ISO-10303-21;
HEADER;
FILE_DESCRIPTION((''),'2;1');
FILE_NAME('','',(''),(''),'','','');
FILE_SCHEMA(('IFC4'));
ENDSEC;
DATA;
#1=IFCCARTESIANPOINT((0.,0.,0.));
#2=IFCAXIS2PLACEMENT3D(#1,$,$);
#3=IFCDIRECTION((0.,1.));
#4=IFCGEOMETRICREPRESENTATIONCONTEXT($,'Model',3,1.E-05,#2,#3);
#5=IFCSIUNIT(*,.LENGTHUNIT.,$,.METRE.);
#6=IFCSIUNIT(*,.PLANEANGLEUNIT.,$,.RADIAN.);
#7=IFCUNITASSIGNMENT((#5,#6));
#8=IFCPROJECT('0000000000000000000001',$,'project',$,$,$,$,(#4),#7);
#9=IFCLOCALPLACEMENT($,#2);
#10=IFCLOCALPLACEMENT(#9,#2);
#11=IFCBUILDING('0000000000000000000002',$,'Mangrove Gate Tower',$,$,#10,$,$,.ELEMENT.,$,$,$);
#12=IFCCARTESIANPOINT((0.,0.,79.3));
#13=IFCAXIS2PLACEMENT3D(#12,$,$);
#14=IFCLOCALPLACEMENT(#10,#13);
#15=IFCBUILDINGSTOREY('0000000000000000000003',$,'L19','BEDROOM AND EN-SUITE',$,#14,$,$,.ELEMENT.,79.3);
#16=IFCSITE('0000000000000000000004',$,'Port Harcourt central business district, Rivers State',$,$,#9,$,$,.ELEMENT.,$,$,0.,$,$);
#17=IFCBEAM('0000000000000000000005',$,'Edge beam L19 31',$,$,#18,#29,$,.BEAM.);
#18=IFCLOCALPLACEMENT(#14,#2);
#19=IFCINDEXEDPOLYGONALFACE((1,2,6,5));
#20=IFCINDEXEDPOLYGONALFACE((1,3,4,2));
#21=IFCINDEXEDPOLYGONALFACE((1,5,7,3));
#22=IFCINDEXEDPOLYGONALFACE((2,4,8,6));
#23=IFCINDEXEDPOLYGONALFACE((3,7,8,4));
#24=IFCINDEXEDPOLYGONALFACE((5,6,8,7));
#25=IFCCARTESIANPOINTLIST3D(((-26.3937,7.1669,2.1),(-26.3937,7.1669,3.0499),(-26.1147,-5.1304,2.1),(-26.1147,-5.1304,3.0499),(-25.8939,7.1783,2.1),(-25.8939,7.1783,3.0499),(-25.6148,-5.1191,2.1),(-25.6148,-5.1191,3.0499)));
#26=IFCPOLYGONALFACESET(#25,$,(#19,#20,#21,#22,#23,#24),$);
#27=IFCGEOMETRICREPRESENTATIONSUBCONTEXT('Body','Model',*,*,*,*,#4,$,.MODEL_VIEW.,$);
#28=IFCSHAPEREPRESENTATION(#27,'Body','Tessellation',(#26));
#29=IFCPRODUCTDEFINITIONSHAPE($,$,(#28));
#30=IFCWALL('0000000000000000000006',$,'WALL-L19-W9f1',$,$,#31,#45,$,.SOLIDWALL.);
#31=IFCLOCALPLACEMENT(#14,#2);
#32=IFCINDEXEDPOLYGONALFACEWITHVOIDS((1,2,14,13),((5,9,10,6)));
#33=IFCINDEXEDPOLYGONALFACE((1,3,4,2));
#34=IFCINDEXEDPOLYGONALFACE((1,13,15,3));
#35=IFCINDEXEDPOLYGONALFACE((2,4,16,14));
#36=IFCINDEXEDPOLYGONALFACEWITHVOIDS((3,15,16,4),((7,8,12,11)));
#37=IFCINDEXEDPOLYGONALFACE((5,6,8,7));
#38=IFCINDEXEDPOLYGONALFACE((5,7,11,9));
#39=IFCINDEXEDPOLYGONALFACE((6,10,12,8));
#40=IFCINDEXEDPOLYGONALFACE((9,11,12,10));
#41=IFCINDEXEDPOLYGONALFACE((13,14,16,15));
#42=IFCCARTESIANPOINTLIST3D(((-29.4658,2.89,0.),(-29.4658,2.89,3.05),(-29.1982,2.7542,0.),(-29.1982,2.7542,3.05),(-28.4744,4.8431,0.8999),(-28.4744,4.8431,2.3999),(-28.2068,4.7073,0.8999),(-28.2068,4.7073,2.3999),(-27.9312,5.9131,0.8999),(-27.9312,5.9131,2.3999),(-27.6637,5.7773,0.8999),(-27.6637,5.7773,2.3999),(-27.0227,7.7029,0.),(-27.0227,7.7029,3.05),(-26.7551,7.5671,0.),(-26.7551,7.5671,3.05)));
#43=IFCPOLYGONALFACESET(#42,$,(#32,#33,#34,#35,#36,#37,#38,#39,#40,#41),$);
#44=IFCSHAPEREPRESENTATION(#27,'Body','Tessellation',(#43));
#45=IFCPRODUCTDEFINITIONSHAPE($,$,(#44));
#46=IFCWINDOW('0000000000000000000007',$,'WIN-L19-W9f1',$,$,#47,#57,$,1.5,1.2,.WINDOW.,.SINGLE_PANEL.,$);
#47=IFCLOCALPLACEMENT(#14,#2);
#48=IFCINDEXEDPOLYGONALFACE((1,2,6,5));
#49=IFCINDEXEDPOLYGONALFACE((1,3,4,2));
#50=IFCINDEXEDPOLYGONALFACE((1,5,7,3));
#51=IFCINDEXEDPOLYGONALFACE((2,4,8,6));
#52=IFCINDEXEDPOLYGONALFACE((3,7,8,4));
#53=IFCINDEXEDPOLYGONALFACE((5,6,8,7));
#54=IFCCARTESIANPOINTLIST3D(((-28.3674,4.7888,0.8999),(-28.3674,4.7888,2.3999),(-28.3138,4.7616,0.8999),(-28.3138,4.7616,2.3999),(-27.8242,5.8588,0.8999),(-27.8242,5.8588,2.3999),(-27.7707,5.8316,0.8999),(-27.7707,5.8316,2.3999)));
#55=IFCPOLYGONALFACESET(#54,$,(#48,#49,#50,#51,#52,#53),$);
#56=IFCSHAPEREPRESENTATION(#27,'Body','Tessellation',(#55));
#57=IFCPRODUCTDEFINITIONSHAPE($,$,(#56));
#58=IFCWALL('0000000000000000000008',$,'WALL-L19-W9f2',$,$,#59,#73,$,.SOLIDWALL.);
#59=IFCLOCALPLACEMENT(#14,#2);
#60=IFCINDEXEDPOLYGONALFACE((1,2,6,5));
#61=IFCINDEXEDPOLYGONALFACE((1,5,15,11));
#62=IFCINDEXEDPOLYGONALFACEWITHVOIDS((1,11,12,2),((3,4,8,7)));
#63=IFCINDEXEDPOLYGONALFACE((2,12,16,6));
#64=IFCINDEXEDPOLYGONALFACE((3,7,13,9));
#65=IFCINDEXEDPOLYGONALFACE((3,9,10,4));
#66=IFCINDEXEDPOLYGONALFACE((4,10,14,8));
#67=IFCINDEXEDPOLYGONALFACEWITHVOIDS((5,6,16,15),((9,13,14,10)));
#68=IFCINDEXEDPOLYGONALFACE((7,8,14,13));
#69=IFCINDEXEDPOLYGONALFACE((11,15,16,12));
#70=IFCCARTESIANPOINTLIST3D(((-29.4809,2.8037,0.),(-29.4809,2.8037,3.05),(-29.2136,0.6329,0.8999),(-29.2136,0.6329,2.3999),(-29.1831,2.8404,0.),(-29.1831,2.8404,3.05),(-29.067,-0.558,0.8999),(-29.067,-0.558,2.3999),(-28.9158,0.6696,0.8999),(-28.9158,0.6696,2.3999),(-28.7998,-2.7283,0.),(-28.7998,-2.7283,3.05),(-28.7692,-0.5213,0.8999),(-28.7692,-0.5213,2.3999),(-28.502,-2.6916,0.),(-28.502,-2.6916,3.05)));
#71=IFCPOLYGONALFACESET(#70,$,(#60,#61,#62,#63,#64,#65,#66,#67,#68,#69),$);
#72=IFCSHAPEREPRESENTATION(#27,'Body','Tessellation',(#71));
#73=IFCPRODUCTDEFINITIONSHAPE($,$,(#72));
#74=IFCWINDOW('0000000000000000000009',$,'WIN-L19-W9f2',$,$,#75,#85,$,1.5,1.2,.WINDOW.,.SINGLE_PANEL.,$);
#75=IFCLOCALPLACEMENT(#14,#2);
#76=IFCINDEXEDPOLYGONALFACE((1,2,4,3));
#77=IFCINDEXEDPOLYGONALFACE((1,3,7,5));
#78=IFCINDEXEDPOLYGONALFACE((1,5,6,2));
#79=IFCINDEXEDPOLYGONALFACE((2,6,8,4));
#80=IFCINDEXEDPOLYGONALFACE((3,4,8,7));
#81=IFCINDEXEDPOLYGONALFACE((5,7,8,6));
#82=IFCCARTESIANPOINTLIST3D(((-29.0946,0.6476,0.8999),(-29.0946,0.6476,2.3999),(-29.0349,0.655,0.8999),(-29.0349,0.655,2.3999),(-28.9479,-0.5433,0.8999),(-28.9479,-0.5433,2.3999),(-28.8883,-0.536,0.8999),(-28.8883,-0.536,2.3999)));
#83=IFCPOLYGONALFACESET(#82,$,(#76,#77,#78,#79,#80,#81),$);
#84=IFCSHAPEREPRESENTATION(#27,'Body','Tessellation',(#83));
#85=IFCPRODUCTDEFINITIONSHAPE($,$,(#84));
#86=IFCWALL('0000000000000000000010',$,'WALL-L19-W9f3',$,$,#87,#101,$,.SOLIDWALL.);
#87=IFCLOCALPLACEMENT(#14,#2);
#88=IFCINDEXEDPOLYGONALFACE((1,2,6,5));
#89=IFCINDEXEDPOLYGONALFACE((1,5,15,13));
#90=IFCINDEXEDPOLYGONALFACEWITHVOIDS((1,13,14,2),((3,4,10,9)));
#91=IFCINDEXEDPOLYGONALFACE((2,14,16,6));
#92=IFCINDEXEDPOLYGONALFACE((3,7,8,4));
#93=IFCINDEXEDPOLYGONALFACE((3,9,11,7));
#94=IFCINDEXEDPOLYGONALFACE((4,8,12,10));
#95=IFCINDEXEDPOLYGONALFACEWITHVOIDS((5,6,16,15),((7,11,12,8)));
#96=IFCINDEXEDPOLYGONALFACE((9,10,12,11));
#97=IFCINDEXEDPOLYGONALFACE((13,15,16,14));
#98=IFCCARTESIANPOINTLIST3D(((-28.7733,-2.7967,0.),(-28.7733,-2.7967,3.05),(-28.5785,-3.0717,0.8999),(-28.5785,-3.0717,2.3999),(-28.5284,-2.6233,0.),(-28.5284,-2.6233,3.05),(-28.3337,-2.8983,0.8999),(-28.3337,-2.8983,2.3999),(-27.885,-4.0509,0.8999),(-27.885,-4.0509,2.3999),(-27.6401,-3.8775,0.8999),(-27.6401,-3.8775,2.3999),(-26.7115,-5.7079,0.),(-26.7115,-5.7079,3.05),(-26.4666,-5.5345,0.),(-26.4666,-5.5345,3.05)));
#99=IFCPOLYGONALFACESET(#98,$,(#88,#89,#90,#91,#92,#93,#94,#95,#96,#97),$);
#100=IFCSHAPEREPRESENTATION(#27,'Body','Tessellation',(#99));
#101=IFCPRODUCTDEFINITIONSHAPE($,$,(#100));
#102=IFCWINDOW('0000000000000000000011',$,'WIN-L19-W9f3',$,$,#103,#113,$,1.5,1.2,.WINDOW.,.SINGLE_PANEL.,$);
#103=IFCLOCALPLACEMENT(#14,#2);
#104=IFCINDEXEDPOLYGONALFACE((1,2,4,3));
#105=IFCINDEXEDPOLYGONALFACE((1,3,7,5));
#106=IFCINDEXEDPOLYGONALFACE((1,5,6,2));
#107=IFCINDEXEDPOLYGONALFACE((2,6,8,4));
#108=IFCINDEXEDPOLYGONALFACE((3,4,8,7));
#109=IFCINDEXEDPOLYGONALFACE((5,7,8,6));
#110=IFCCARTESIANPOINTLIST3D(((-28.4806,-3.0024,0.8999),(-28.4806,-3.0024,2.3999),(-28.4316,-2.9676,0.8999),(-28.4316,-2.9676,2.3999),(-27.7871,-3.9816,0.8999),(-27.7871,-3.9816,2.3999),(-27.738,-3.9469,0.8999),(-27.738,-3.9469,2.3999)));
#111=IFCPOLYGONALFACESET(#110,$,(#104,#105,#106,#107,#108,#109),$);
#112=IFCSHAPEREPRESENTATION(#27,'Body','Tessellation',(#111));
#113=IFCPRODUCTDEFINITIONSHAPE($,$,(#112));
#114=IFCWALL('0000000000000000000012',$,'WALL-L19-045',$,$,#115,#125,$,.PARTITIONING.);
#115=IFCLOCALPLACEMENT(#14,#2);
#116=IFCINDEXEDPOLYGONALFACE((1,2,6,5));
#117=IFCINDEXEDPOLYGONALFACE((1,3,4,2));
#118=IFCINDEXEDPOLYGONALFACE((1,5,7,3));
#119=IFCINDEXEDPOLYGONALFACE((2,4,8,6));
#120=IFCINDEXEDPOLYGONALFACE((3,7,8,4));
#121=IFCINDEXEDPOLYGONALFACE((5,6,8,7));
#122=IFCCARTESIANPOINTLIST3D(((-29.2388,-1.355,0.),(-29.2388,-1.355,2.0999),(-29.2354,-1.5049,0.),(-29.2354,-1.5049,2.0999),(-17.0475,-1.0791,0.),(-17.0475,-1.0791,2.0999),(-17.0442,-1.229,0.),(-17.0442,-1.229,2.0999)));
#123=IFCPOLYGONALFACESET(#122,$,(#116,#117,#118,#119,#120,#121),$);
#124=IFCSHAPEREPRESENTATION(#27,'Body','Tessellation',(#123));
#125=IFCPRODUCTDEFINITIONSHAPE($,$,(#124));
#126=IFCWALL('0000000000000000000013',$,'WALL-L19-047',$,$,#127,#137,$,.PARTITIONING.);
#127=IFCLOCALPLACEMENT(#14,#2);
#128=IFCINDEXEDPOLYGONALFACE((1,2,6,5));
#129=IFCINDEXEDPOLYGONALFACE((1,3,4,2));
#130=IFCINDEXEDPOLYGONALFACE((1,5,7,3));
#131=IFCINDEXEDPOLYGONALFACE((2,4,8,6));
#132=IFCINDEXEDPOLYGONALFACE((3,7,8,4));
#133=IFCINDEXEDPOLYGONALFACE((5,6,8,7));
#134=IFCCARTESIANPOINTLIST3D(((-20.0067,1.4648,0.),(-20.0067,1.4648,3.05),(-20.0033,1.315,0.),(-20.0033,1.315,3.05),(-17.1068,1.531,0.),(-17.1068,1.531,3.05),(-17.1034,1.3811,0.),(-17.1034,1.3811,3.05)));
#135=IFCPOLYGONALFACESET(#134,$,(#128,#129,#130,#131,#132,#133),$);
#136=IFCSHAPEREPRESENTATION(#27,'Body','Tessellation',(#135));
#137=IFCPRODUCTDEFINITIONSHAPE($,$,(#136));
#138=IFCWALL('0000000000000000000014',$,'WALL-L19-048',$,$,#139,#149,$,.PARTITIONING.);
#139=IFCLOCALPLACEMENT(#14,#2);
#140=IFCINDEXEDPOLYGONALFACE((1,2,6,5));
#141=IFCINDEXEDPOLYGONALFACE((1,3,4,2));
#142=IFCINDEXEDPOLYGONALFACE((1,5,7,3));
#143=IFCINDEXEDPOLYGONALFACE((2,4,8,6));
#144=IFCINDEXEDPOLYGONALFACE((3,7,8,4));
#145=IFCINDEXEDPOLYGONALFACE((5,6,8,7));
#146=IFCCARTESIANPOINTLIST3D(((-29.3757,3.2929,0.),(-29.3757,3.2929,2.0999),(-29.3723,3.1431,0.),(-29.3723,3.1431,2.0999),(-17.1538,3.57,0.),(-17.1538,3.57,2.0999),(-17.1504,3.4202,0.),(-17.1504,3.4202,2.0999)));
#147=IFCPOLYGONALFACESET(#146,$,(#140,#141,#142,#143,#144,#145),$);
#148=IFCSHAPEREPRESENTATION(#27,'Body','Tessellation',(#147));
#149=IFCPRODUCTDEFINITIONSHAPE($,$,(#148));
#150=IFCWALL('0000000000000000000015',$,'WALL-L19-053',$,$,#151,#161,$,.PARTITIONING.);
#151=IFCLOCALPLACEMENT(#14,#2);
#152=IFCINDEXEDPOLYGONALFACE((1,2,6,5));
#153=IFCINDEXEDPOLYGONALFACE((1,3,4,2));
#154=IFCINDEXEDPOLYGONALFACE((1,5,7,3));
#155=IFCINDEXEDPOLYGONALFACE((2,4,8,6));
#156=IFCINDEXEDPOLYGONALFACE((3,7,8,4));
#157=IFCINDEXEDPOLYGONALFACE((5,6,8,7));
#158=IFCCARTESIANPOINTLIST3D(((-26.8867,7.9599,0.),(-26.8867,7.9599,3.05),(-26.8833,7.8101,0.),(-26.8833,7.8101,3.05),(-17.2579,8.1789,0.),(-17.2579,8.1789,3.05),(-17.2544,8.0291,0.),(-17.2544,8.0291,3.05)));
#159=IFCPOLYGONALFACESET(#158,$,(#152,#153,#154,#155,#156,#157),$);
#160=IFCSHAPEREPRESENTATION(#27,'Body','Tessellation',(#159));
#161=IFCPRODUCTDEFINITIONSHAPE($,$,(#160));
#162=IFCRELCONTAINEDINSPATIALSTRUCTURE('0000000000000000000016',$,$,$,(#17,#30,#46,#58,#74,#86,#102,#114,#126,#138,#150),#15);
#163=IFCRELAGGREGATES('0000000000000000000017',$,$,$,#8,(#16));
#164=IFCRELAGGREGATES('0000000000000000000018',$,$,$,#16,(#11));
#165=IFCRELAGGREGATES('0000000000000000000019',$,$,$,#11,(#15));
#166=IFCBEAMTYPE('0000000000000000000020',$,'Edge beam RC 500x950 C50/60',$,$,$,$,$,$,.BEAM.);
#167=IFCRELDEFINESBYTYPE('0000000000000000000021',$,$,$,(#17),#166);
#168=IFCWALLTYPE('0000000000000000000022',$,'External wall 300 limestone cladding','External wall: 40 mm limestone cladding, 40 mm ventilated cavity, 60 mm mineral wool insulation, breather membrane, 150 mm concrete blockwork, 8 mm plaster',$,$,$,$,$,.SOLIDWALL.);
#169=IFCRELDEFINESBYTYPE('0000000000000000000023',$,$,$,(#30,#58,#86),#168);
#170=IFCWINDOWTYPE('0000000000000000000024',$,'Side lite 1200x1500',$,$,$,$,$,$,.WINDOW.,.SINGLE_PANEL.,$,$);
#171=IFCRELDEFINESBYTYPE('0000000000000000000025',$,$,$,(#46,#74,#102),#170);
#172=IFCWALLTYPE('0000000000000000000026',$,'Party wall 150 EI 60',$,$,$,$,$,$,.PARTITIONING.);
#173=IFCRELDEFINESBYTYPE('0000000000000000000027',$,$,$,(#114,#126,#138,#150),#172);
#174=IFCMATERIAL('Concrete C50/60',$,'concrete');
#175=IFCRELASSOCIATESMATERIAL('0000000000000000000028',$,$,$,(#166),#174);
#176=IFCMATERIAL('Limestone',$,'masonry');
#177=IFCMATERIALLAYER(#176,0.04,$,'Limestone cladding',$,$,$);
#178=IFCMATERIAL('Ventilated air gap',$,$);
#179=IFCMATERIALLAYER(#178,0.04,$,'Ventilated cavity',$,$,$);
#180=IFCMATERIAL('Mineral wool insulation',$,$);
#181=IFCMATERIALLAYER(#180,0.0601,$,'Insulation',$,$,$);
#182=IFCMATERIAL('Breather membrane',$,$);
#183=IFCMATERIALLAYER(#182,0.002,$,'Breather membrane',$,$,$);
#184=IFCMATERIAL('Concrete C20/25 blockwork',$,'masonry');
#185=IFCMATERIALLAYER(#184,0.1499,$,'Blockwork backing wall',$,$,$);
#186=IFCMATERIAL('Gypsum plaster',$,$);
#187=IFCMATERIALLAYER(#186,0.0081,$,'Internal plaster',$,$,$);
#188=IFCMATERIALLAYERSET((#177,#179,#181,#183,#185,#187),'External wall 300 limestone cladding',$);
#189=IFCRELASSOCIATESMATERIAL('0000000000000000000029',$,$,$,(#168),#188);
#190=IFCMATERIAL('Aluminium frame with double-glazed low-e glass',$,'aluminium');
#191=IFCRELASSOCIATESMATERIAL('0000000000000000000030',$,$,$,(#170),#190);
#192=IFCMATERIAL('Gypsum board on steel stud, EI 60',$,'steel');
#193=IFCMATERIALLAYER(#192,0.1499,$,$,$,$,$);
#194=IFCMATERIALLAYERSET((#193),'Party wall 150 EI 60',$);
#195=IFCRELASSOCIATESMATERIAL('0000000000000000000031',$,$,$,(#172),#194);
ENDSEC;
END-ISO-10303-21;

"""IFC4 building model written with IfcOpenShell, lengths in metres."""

from ifc_helpers import new_model, si_unit, direction, frame, frame_2d, origin, origin_2d, place, context, subcontext, project, spatial, rectangle, extrude, material, layer, layer_set, material_profile, profile_set, type_object, element, fill, save


model = new_model("IFC4")

# Units and contexts
model_context = context("Model", 3, precision=1e-05, world=origin(), true_north=direction((0.0, 1.0)))
body_context = subcontext(model_context, "Body", "Model", "MODEL_VIEW")
ifc_project = project(units=[si_unit("LENGTHUNIT", "METRE"), si_unit("PLANEANGLEUNIT", "RADIAN")], contexts=[model_context])

# Site, building, storey
site_placement = place(None, origin())
site = spatial("IfcSite", under=ifc_project, at=site_placement, Name="Port Harcourt central business district, Rivers State", CompositionType="ELEMENT", RefElevation=0.0)
building_placement = place(site_placement, origin())
building = spatial("IfcBuilding", under=site, at=building_placement, Name="Mangrove Gate Tower", CompositionType="ELEMENT")
storey_placement = place(building_placement, frame((0.0, 0.0, 79.3)))
storey = spatial("IfcBuildingStorey", under=building, at=storey_placement, Name="L19", Description="BEDROOM AND EN-SUITE", CompositionType="ELEMENT", Elevation=79.3)

# Beam
ifc_material_1 = material(Name="Concrete C50/60", Category="concrete")
ifc_material_profile = material_profile(ifc_material_1, rectangle(XDim=0.5, YDim=0.95, at=origin_2d()))
ifc_profile_set = profile_set([ifc_material_profile], Name="Concrete C50/60")
beam_type = type_object("IfcBeamType", Name="Edge beam RC 500x950 C50/60", PredefinedType="BEAM", material=ifc_profile_set)
beam_placement = place(storey_placement, frame((-26.1438, 7.1726, 2.575), z_axis=(0.022686, -0.999743, 0.0), x_axis=(0.999743, 0.022686, 0.0)))
element("IfcBeam", 1, at=beam_placement, inside=storey, type_object=beam_type, Name="Edge beam L19 31", PredefinedType="BEAM", context=body_context, shape_type="SweptSolid", body=[
    extrude(rectangle(XDim=0.5, YDim=0.95, at=origin_2d()), origin(), (0.0, 0.0, 1.0), 12.3005),
])

# Walls, openings, windows
ifc_material_2 = material(Name="Limestone", Category="masonry")
ifc_layer_1 = layer(ifc_material_2, 0.04, Name="Limestone cladding")
ifc_material_3 = material(Name="Ventilated air gap")
ifc_layer_2 = layer(ifc_material_3, 0.04, Name="Ventilated cavity")
ifc_material_4 = material(Name="Mineral wool insulation")
ifc_layer_3 = layer(ifc_material_4, 0.0601, Name="Insulation")
ifc_material_5 = material(Name="Breather membrane")
ifc_layer_4 = layer(ifc_material_5, 0.002, Name="Breather membrane")
ifc_material_6 = material(Name="Concrete C20/25 blockwork", Category="masonry")
ifc_layer_5 = layer(ifc_material_6, 0.1499, Name="Blockwork backing wall")
ifc_material_7 = material(Name="Gypsum plaster")
ifc_layer_6 = layer(ifc_material_7, 0.0081, Name="Internal plaster")
ifc_layer_set_1 = layer_set([ifc_layer_1, ifc_layer_2, ifc_layer_3, ifc_layer_4, ifc_layer_5, ifc_layer_6], Name="External wall 300 limestone cladding")
wall_type_1 = type_object("IfcWallType", Name="External wall 300 limestone cladding", Description="External wall: 40 mm limestone cladding, 40 mm ventilated cavity, 60 mm mineral wool insulation, breather membrane, 150 mm concrete blockwork, 8 mm plaster", PredefinedType="SOLIDWALL", material=ifc_layer_set_1)
wall_1_placement = place(storey_placement, frame((-26.8889, 7.635, 0.0), z_axis=(0.0, 0.0, 1.0), x_axis=(-0.452633, -0.891697, 0.0)))
wall_1 = element("IfcWall", 2, at=wall_1_placement, inside=storey, type_object=wall_type_1, Name="WALL-L19-W9f1", PredefinedType="SOLIDWALL", context=body_context, shape_type="SweptSolid", body=[
    extrude(rectangle(XDim=5.3975, YDim=0.3, at=frame_2d((2.6987, 0.0))), origin(), (0.0, 0.0, 1.0), 3.05),
])
opening_1_placement = place(wall_1_placement, frame((2.0071, 0.0, 0.8999)))
opening_1 = element("IfcOpeningElement", 3, at=opening_1_placement, cuts=wall_1, PredefinedType="OPENING", context=body_context, shape_type="SweptSolid", body=[
    extrude(rectangle(XDim=1.2, YDim=1.5, at=frame_2d((0.6001, 0.75))), frame((0.0, 0.1599, 0.0), z_axis=(0.0, -1.0, 0.0), x_axis=(1.0, 0.0, 0.0)), (0.0, 0.0, 1.0), 0.3201),
])
ifc_material_8 = material(Name="Aluminium frame with double-glazed low-e glass", Category="aluminium")
window_type = type_object("IfcWindowType", Name="Side lite 1200x1500", PartitioningType="SINGLE_PANEL", PredefinedType="WINDOW", material=ifc_material_8)
window_1_placement = place(opening_1_placement, origin())
window_1 = element("IfcWindow", 4, at=window_1_placement, inside=storey, type_object=window_type, Name="WIN-L19-W9f1", OverallHeight=1.5, OverallWidth=1.2, PartitioningType="SINGLE_PANEL", PredefinedType="WINDOW", context=body_context, shape_type="SweptSolid", body=[
    extrude(rectangle(XDim=1.2, YDim=1.5, at=frame_2d((0.6001, 0.75))), frame((0.0, 0.03, 0.0), z_axis=(0.0, -1.0, 0.0), x_axis=(1.0, 0.0, 0.0)), (0.0, 0.0, 1.0), 0.0601),
])
fill(opening_1, window_1)
wall_2_placement = place(storey_placement, frame((-29.332, 2.822, 0.0), z_axis=(0.0, 0.0, 1.0), x_axis=(0.122207, -0.992505, 0.0)))
wall_2 = element("IfcWall", 5, at=wall_2_placement, inside=storey, type_object=wall_type_1, Name="WALL-L19-W9f2", PredefinedType="SOLIDWALL", context=body_context, shape_type="SweptSolid", body=[
    extrude(rectangle(XDim=5.5737, YDim=0.3, at=frame_2d((2.7869, 0.0))), origin(), (0.0, 0.0, 1.0), 3.05),
])
opening_2_placement = place(wall_2_placement, frame((2.187, 0.0, 0.8999)))
opening_2 = element("IfcOpeningElement", 6, at=opening_2_placement, cuts=wall_2, PredefinedType="OPENING", context=body_context, shape_type="SweptSolid", body=[
    extrude(rectangle(XDim=1.2, YDim=1.5, at=frame_2d((0.6001, 0.75))), frame((0.0, 0.1599, 0.0), z_axis=(0.0, -1.0, 0.0), x_axis=(1.0, 0.0, 0.0)), (0.0, 0.0, 1.0), 0.3201),
])
window_2_placement = place(opening_2_placement, origin())
window_2 = element("IfcWindow", 7, at=window_2_placement, inside=storey, type_object=window_type, Name="WIN-L19-W9f2", OverallHeight=1.5, OverallWidth=1.2, PartitioningType="SINGLE_PANEL", PredefinedType="WINDOW", context=body_context, shape_type="SweptSolid", body=[
    extrude(rectangle(XDim=1.2, YDim=1.5, at=frame_2d((0.6001, 0.75))), frame((0.0, 0.03, 0.0), z_axis=(0.0, -1.0, 0.0), x_axis=(1.0, 0.0, 0.0)), (0.0, 0.0, 1.0), 0.0601),
])
fill(opening_2, window_2)
wall_3_placement = place(storey_placement, frame((-28.6509, -2.71, 0.0), z_axis=(0.0, 0.0, 1.0), x_axis=(0.577964, -0.816062, 0.0)))
wall_3 = element("IfcWall", 8, at=wall_3_placement, inside=storey, type_object=wall_type_1, Name="WALL-L19-W9f3", PredefinedType="SOLIDWALL", context=body_context, shape_type="SweptSolid", body=[
    extrude(rectangle(XDim=3.5674, YDim=0.3, at=frame_2d((1.7837, 0.0))), origin(), (0.0, 0.0, 1.0), 3.05),
])
opening_3_placement = place(wall_3_placement, frame((0.3369, 0.0, 0.8999)))
opening_3 = element("IfcOpeningElement", 9, at=opening_3_placement, cuts=wall_3, PredefinedType="OPENING", context=body_context, shape_type="SweptSolid", body=[
    extrude(rectangle(XDim=1.2, YDim=1.5, at=frame_2d((0.6001, 0.75))), frame((0.0, 0.1599, 0.0), z_axis=(0.0, -1.0, 0.0), x_axis=(1.0, 0.0, 0.0)), (0.0, 0.0, 1.0), 0.3201),
])
window_3_placement = place(opening_3_placement, origin())
window_3 = element("IfcWindow", 10, at=window_3_placement, inside=storey, type_object=window_type, Name="WIN-L19-W9f3", OverallHeight=1.5, OverallWidth=1.2, PartitioningType="SINGLE_PANEL", PredefinedType="WINDOW", context=body_context, shape_type="SweptSolid", body=[
    extrude(rectangle(XDim=1.2, YDim=1.5, at=frame_2d((0.6001, 0.75))), frame((0.0, 0.03, 0.0), z_axis=(0.0, -1.0, 0.0), x_axis=(1.0, 0.0, 0.0)), (0.0, 0.0, 1.0), 0.0601),
])
fill(opening_3, window_3)

# Walls
ifc_material_9 = material(Name="Gypsum board on steel stud, EI 60", Category="steel")
ifc_layer_7 = layer(ifc_material_9, 0.1499)
ifc_layer_set_2 = layer_set([ifc_layer_7], Name="Party wall 150 EI 60")
wall_type_2 = type_object("IfcWallType", Name="Party wall 150 EI 60", PredefinedType="PARTITIONING", material=ifc_layer_set_2)
wall_4_placement = place(storey_placement, frame((-29.2371, -1.4299, 0.0), z_axis=(0.0, 0.0, 1.0), x_axis=(0.999744, 0.022624, 0.0)))
element("IfcWall", 11, at=wall_4_placement, inside=storey, type_object=wall_type_2, Name="WALL-L19-045", PredefinedType="PARTITIONING", context=body_context, shape_type="SweptSolid", body=[
    extrude(rectangle(XDim=12.1943, YDim=0.1499, at=frame_2d((6.0972, 0.0))), origin(), (0.0, 0.0, 1.0), 2.0999),
])
wall_5_placement = place(storey_placement, frame((-20.0049, 1.3899, 0.0), z_axis=(0.0, 0.0, 1.0), x_axis=(0.99974, 0.022809, 0.0)))
element("IfcWall", 12, at=wall_5_placement, inside=storey, type_object=wall_type_2, Name="WALL-L19-047", PredefinedType="PARTITIONING", context=body_context, shape_type="SweptSolid", body=[
    extrude(rectangle(XDim=2.9006, YDim=0.1499, at=frame_2d((1.4502, 0.0))), origin(), (0.0, 0.0, 1.0), 3.05),
])
wall_6_placement = place(storey_placement, frame((-29.374, 3.218, 0.0), z_axis=(0.0, 0.0, 1.0), x_axis=(0.999743, 0.022667, 0.0)))
element("IfcWall", 13, at=wall_6_placement, inside=storey, type_object=wall_type_2, Name="WALL-L19-048", PredefinedType="PARTITIONING", context=body_context, shape_type="SweptSolid", body=[
    extrude(rectangle(XDim=12.2251, YDim=0.1499, at=frame_2d((6.1125, 0.0))), origin(), (0.0, 0.0, 1.0), 2.0999),
])
wall_7_placement = place(storey_placement, frame((-26.885, 7.885, 0.0), z_axis=(0.0, 0.0, 1.0), x_axis=(0.999741, 0.022738, 0.0)))
element("IfcWall", 14, at=wall_7_placement, inside=storey, type_object=wall_type_2, Name="WALL-L19-053", PredefinedType="PARTITIONING", context=body_context, shape_type="SweptSolid", body=[
    extrude(rectangle(XDim=9.6313, YDim=0.1499, at=frame_2d((4.8157, 0.0))), origin(), (0.0, 0.0, 1.0), 3.05),
])

save(model, "model.ifc")
